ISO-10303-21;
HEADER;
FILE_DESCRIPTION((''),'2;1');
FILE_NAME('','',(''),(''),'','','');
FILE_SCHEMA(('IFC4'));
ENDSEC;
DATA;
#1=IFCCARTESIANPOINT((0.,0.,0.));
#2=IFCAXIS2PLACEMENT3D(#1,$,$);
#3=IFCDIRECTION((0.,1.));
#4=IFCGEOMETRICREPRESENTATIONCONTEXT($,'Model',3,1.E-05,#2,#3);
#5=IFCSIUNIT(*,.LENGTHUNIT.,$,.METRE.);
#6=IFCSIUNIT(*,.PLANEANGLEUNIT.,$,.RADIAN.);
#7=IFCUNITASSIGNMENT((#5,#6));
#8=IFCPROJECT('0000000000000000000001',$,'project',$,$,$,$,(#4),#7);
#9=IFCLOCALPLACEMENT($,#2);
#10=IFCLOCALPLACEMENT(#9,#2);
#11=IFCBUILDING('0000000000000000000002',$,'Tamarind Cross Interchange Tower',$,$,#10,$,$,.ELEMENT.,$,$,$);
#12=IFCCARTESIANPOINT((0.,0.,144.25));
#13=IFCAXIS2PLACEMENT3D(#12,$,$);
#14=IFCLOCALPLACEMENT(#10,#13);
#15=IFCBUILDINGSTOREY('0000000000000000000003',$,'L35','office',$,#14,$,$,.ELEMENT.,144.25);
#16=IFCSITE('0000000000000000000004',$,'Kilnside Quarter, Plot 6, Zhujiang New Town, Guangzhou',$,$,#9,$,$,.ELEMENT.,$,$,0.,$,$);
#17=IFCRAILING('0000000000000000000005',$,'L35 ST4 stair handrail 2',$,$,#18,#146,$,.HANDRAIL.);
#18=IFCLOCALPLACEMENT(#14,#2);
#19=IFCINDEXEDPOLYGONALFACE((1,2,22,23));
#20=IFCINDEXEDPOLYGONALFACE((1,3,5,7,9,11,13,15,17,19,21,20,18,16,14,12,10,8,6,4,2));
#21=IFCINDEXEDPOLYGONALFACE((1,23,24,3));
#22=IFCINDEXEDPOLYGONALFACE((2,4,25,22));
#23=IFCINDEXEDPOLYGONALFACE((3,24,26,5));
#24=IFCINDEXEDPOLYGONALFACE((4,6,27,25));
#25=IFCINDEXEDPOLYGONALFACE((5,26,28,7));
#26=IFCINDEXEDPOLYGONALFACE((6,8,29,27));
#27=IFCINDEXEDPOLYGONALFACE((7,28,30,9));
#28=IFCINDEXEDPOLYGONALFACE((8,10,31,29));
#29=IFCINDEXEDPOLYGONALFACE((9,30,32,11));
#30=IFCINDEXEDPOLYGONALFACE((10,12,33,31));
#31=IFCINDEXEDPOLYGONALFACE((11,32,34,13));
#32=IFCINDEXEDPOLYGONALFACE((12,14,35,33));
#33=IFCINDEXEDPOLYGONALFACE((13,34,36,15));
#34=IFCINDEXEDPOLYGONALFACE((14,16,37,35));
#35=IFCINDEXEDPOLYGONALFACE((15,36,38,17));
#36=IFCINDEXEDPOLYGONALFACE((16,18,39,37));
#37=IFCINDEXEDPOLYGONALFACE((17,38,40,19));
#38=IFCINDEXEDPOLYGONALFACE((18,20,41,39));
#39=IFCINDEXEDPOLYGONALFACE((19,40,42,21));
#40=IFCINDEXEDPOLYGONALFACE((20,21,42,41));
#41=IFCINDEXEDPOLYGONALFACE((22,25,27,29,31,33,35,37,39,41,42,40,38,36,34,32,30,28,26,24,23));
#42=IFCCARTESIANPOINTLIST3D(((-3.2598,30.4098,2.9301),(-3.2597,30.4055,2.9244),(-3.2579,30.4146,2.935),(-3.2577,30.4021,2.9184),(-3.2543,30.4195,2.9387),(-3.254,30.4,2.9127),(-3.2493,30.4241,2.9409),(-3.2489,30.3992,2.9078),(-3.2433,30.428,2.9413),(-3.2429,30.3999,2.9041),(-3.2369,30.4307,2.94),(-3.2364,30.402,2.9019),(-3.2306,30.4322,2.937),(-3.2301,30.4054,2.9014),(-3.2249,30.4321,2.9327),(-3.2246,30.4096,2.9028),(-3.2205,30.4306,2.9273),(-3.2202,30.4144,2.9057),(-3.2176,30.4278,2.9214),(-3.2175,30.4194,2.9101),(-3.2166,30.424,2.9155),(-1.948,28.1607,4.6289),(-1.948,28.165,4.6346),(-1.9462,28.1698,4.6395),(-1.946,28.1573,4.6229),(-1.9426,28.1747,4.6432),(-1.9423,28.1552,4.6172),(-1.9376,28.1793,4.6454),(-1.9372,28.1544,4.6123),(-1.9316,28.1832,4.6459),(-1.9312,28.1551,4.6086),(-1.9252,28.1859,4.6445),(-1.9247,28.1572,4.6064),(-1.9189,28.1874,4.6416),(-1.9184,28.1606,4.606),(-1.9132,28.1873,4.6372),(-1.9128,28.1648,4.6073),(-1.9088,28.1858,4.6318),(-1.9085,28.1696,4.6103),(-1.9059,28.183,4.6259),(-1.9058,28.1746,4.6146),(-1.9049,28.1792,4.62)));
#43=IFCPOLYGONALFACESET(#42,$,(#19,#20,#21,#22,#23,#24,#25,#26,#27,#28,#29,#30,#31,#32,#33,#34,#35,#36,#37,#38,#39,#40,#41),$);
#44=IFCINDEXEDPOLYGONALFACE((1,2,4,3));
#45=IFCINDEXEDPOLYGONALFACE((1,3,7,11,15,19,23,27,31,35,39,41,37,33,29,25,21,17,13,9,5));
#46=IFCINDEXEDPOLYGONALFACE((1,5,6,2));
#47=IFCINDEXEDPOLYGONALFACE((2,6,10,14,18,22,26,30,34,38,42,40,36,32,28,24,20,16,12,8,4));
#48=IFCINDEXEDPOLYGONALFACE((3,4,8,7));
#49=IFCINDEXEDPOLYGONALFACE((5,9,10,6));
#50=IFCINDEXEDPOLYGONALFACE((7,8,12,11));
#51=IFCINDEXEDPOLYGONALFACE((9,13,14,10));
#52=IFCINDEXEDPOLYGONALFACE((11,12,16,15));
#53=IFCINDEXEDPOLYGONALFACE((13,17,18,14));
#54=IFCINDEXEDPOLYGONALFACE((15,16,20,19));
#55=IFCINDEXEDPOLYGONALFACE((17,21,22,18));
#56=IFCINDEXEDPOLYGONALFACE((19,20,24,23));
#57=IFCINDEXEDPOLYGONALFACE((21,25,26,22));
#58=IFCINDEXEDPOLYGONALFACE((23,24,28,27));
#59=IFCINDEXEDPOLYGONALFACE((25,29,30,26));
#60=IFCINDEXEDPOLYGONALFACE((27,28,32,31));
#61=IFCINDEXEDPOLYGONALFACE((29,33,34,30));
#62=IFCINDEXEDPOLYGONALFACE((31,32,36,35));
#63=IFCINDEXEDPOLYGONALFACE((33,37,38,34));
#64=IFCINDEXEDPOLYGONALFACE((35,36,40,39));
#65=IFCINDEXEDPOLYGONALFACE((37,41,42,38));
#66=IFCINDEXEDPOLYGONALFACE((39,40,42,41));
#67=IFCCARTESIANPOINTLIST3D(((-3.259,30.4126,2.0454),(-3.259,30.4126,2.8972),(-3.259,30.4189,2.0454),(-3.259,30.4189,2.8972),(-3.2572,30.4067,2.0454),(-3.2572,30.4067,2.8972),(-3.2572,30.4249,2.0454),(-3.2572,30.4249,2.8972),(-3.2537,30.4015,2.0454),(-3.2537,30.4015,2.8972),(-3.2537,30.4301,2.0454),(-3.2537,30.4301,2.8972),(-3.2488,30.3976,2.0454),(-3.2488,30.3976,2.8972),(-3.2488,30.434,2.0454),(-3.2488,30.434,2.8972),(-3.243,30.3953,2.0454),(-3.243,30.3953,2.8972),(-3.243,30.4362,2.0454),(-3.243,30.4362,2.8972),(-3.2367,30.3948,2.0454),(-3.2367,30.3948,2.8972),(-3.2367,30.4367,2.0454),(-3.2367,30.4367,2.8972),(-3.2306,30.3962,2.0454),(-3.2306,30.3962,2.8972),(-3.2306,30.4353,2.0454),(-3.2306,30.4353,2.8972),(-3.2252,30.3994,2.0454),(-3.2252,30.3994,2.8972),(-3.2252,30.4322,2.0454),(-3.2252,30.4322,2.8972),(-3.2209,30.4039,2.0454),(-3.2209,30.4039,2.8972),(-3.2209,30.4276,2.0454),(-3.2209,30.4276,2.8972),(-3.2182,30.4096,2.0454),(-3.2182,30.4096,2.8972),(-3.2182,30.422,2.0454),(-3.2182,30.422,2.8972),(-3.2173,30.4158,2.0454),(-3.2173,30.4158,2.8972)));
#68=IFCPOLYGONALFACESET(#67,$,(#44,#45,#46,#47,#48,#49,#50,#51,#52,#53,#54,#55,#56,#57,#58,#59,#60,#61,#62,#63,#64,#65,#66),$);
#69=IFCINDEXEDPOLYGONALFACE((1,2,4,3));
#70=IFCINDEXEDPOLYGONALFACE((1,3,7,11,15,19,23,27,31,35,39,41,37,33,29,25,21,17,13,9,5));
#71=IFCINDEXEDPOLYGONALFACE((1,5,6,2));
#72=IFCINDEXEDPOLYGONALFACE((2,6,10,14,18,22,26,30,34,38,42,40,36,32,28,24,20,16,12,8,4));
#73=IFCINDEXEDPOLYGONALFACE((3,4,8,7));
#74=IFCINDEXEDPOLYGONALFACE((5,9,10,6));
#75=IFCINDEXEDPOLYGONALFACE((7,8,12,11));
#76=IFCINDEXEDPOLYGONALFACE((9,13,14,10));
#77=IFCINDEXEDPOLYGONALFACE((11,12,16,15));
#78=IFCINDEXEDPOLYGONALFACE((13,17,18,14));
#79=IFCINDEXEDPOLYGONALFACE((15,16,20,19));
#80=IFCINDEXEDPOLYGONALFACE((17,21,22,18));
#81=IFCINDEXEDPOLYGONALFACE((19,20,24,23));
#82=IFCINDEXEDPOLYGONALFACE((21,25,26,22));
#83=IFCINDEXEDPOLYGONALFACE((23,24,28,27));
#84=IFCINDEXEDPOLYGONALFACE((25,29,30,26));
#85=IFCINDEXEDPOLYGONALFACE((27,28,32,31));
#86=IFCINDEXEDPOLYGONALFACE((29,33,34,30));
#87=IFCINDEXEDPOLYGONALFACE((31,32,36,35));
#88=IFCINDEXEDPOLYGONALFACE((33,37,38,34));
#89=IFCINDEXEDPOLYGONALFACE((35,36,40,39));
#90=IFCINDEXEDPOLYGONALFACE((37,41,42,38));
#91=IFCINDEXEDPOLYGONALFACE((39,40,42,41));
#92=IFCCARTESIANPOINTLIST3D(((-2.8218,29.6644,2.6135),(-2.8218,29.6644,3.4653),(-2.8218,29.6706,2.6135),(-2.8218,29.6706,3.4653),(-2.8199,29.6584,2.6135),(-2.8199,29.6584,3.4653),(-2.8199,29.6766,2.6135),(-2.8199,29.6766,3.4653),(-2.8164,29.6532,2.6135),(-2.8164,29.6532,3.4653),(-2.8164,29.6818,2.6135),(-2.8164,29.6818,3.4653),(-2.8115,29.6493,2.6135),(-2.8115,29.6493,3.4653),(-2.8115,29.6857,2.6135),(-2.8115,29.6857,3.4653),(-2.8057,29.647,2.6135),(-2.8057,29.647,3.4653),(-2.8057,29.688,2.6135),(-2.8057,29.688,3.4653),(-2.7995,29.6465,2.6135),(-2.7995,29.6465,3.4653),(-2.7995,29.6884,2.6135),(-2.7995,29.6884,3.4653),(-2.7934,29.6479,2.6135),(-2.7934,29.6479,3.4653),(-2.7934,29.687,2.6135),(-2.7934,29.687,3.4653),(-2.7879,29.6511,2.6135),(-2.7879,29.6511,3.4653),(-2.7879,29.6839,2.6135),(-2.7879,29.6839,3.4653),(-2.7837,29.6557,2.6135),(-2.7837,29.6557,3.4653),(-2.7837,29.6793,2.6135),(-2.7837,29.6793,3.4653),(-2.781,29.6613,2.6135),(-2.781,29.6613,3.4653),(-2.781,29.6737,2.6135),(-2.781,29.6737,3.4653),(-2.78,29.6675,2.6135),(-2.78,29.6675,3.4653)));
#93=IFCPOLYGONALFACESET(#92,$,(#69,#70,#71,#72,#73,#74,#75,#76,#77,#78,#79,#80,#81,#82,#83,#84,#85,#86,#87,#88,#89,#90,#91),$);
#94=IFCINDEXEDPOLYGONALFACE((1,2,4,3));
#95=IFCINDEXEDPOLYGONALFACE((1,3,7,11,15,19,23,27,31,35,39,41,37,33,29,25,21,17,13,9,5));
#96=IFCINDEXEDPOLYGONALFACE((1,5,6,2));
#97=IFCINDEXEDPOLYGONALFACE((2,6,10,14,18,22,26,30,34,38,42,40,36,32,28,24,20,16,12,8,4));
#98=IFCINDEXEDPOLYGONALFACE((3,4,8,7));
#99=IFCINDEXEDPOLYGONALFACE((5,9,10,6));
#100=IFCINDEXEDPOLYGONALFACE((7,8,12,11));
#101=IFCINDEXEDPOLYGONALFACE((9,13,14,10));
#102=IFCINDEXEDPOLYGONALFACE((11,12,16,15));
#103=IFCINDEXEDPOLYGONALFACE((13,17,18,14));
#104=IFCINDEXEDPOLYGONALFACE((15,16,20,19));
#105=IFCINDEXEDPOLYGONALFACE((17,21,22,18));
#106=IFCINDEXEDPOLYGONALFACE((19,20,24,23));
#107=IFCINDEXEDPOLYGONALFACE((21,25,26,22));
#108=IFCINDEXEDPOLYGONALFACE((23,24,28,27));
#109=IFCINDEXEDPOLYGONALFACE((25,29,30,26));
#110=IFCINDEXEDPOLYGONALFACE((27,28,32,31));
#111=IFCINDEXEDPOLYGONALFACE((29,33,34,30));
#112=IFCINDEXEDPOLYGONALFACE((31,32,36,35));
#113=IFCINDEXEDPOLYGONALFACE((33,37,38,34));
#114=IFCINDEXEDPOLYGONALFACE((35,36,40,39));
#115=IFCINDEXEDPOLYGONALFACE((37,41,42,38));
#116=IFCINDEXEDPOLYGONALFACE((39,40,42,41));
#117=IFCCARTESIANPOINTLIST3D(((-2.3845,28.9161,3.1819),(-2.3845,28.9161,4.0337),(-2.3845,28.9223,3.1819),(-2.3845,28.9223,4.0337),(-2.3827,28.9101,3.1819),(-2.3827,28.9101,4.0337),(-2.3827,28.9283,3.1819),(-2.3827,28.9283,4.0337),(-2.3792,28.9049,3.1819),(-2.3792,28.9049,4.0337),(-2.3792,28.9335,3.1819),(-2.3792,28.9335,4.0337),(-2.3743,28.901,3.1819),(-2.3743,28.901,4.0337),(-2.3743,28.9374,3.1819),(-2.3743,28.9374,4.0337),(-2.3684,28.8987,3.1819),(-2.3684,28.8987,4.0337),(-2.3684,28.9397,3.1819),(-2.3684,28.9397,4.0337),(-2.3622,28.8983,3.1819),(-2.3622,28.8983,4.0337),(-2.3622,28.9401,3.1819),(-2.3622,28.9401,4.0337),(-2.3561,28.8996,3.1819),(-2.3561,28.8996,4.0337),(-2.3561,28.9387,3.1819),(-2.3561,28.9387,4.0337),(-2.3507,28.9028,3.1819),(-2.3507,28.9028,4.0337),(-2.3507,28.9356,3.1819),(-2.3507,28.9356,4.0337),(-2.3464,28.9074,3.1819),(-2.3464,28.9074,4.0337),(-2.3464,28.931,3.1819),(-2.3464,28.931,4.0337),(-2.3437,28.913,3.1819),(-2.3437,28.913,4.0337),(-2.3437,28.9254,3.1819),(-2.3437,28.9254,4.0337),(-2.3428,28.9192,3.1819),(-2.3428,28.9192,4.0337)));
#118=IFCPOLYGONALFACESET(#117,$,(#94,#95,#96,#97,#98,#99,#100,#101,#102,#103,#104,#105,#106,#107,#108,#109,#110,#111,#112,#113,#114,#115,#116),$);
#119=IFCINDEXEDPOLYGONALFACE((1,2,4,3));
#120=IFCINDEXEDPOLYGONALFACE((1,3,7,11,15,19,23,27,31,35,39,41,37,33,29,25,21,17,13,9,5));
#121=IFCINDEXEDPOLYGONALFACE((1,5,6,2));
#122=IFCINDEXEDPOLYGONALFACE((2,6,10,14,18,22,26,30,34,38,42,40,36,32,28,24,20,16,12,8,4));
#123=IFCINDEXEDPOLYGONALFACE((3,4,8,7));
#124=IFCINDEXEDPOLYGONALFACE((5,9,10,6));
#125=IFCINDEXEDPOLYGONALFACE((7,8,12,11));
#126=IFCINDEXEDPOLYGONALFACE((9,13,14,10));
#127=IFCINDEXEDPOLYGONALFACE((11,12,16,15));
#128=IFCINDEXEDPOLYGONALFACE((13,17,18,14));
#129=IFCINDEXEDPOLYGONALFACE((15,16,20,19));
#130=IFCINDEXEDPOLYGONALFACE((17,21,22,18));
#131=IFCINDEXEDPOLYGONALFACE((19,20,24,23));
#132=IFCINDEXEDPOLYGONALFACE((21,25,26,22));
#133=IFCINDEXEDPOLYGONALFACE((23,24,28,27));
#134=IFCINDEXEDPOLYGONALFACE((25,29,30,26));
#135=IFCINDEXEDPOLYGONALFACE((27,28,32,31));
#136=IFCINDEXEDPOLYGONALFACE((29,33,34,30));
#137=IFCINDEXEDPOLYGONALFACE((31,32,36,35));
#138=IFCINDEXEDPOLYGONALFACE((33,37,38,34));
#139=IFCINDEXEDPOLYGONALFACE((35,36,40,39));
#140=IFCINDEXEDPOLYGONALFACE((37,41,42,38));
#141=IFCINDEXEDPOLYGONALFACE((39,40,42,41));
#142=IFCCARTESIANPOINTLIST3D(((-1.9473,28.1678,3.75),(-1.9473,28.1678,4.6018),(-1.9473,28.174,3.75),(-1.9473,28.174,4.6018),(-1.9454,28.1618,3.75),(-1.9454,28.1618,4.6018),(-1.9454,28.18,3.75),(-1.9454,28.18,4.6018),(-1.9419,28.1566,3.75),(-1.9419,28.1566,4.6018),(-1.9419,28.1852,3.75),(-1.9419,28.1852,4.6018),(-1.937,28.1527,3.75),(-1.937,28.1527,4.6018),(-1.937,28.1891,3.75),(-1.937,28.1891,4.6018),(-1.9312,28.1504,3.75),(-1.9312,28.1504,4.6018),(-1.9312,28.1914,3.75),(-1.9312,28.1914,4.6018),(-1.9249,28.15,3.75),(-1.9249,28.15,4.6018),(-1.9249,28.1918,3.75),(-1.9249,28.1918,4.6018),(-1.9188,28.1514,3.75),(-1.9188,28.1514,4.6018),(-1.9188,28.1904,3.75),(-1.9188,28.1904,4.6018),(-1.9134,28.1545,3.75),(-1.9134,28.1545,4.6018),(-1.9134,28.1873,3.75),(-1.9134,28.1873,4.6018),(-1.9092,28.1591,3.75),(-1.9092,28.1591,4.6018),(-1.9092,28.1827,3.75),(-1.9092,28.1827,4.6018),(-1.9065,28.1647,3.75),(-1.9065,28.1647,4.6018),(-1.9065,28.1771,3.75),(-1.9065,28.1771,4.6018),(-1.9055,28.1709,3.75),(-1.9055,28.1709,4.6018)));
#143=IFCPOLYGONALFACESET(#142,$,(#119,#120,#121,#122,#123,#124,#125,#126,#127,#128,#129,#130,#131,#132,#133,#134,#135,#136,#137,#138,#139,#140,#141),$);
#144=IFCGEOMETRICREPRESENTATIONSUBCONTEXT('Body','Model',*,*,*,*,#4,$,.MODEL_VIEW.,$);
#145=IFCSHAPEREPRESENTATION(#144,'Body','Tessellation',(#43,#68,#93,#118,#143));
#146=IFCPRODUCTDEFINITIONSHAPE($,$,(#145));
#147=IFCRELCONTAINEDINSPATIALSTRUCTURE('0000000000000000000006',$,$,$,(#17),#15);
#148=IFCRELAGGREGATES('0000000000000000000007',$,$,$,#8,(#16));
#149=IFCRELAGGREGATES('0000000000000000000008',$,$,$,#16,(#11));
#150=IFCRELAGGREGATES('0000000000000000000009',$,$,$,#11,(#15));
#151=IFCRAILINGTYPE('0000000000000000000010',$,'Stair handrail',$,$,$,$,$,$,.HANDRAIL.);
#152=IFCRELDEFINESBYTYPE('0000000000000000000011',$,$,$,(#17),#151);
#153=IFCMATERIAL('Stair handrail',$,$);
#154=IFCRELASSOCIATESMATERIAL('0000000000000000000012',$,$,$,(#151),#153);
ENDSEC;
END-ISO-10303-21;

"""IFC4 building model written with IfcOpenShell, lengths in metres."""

from ifc_helpers import new_model, si_unit, direction, frame, origin, origin_2d, place, context, subcontext, project, spatial, circle, extrude, material, type_object, element, save


model = new_model("IFC4")

# Units and contexts
model_context = context("Model", 3, precision=1e-05, world=origin(), true_north=direction((0.0, 1.0)))
body_context = subcontext(model_context, "Body", "Model", "MODEL_VIEW")
ifc_project = project(units=[si_unit("LENGTHUNIT", "METRE"), si_unit("PLANEANGLEUNIT", "RADIAN")], contexts=[model_context])

# Site, building, storey
site_placement = place(None, origin())
site = spatial("IfcSite", under=ifc_project, at=site_placement, Name="Kilnside Quarter, Plot 6, Zhujiang New Town, Guangzhou", CompositionType="ELEMENT", RefElevation=0.0)
building_placement = place(site_placement, origin())
building = spatial("IfcBuilding", under=site, at=building_placement, Name="Tamarind Cross Interchange Tower", CompositionType="ELEMENT")
storey_placement = place(building_placement, frame((0.0, 0.0, 144.25)))
storey = spatial("IfcBuildingStorey", under=building, at=storey_placement, Name="L35", Description="office", CompositionType="ELEMENT", Elevation=144.25)

# Railing
ifc_material_1 = material(Name="Stair handrail")
railing_type_1 = type_object("IfcRailingType", Name="Stair handrail", PredefinedType="HANDRAIL", material=ifc_material_1)
railing_1_placement = place(storey_placement, frame((-3.2383, 30.4158, 2.0454)))
element("IfcRailing", 1, at=railing_1_placement, inside=storey, type_object=railing_type_1, Name="L35 ST4 stair handrail 2", PredefinedType="HANDRAIL", context=body_context, shape_type="SweptSolid", body=[
    extrude(circle(Radius=0.0239, at=origin_2d()), frame((0.0, 0.0, 0.876), z_axis=(0.421927, -0.722059, 0.548278), x_axis=(0.863401, 0.504519, 0.0)), (0.0, 0.0, 1.0), 3.1089),
    extrude(circle(Radius=0.021, at=origin_2d()), origin(), (0.0, 0.0, 1.0), 0.8518),
    extrude(circle(Radius=0.021, at=origin_2d()), frame((0.4373, -0.7483, 0.5681)), (0.0, 0.0, 1.0), 0.8518),
    extrude(circle(Radius=0.021, at=origin_2d()), frame((0.8745, -1.4966, 1.1365)), (0.0, 0.0, 1.0), 0.8518),
    extrude(circle(Radius=0.021, at=origin_2d()), frame((1.3118, -2.2449, 1.7046)), (0.0, 0.0, 1.0), 0.8518),
])

save(model, "model.ifc")
